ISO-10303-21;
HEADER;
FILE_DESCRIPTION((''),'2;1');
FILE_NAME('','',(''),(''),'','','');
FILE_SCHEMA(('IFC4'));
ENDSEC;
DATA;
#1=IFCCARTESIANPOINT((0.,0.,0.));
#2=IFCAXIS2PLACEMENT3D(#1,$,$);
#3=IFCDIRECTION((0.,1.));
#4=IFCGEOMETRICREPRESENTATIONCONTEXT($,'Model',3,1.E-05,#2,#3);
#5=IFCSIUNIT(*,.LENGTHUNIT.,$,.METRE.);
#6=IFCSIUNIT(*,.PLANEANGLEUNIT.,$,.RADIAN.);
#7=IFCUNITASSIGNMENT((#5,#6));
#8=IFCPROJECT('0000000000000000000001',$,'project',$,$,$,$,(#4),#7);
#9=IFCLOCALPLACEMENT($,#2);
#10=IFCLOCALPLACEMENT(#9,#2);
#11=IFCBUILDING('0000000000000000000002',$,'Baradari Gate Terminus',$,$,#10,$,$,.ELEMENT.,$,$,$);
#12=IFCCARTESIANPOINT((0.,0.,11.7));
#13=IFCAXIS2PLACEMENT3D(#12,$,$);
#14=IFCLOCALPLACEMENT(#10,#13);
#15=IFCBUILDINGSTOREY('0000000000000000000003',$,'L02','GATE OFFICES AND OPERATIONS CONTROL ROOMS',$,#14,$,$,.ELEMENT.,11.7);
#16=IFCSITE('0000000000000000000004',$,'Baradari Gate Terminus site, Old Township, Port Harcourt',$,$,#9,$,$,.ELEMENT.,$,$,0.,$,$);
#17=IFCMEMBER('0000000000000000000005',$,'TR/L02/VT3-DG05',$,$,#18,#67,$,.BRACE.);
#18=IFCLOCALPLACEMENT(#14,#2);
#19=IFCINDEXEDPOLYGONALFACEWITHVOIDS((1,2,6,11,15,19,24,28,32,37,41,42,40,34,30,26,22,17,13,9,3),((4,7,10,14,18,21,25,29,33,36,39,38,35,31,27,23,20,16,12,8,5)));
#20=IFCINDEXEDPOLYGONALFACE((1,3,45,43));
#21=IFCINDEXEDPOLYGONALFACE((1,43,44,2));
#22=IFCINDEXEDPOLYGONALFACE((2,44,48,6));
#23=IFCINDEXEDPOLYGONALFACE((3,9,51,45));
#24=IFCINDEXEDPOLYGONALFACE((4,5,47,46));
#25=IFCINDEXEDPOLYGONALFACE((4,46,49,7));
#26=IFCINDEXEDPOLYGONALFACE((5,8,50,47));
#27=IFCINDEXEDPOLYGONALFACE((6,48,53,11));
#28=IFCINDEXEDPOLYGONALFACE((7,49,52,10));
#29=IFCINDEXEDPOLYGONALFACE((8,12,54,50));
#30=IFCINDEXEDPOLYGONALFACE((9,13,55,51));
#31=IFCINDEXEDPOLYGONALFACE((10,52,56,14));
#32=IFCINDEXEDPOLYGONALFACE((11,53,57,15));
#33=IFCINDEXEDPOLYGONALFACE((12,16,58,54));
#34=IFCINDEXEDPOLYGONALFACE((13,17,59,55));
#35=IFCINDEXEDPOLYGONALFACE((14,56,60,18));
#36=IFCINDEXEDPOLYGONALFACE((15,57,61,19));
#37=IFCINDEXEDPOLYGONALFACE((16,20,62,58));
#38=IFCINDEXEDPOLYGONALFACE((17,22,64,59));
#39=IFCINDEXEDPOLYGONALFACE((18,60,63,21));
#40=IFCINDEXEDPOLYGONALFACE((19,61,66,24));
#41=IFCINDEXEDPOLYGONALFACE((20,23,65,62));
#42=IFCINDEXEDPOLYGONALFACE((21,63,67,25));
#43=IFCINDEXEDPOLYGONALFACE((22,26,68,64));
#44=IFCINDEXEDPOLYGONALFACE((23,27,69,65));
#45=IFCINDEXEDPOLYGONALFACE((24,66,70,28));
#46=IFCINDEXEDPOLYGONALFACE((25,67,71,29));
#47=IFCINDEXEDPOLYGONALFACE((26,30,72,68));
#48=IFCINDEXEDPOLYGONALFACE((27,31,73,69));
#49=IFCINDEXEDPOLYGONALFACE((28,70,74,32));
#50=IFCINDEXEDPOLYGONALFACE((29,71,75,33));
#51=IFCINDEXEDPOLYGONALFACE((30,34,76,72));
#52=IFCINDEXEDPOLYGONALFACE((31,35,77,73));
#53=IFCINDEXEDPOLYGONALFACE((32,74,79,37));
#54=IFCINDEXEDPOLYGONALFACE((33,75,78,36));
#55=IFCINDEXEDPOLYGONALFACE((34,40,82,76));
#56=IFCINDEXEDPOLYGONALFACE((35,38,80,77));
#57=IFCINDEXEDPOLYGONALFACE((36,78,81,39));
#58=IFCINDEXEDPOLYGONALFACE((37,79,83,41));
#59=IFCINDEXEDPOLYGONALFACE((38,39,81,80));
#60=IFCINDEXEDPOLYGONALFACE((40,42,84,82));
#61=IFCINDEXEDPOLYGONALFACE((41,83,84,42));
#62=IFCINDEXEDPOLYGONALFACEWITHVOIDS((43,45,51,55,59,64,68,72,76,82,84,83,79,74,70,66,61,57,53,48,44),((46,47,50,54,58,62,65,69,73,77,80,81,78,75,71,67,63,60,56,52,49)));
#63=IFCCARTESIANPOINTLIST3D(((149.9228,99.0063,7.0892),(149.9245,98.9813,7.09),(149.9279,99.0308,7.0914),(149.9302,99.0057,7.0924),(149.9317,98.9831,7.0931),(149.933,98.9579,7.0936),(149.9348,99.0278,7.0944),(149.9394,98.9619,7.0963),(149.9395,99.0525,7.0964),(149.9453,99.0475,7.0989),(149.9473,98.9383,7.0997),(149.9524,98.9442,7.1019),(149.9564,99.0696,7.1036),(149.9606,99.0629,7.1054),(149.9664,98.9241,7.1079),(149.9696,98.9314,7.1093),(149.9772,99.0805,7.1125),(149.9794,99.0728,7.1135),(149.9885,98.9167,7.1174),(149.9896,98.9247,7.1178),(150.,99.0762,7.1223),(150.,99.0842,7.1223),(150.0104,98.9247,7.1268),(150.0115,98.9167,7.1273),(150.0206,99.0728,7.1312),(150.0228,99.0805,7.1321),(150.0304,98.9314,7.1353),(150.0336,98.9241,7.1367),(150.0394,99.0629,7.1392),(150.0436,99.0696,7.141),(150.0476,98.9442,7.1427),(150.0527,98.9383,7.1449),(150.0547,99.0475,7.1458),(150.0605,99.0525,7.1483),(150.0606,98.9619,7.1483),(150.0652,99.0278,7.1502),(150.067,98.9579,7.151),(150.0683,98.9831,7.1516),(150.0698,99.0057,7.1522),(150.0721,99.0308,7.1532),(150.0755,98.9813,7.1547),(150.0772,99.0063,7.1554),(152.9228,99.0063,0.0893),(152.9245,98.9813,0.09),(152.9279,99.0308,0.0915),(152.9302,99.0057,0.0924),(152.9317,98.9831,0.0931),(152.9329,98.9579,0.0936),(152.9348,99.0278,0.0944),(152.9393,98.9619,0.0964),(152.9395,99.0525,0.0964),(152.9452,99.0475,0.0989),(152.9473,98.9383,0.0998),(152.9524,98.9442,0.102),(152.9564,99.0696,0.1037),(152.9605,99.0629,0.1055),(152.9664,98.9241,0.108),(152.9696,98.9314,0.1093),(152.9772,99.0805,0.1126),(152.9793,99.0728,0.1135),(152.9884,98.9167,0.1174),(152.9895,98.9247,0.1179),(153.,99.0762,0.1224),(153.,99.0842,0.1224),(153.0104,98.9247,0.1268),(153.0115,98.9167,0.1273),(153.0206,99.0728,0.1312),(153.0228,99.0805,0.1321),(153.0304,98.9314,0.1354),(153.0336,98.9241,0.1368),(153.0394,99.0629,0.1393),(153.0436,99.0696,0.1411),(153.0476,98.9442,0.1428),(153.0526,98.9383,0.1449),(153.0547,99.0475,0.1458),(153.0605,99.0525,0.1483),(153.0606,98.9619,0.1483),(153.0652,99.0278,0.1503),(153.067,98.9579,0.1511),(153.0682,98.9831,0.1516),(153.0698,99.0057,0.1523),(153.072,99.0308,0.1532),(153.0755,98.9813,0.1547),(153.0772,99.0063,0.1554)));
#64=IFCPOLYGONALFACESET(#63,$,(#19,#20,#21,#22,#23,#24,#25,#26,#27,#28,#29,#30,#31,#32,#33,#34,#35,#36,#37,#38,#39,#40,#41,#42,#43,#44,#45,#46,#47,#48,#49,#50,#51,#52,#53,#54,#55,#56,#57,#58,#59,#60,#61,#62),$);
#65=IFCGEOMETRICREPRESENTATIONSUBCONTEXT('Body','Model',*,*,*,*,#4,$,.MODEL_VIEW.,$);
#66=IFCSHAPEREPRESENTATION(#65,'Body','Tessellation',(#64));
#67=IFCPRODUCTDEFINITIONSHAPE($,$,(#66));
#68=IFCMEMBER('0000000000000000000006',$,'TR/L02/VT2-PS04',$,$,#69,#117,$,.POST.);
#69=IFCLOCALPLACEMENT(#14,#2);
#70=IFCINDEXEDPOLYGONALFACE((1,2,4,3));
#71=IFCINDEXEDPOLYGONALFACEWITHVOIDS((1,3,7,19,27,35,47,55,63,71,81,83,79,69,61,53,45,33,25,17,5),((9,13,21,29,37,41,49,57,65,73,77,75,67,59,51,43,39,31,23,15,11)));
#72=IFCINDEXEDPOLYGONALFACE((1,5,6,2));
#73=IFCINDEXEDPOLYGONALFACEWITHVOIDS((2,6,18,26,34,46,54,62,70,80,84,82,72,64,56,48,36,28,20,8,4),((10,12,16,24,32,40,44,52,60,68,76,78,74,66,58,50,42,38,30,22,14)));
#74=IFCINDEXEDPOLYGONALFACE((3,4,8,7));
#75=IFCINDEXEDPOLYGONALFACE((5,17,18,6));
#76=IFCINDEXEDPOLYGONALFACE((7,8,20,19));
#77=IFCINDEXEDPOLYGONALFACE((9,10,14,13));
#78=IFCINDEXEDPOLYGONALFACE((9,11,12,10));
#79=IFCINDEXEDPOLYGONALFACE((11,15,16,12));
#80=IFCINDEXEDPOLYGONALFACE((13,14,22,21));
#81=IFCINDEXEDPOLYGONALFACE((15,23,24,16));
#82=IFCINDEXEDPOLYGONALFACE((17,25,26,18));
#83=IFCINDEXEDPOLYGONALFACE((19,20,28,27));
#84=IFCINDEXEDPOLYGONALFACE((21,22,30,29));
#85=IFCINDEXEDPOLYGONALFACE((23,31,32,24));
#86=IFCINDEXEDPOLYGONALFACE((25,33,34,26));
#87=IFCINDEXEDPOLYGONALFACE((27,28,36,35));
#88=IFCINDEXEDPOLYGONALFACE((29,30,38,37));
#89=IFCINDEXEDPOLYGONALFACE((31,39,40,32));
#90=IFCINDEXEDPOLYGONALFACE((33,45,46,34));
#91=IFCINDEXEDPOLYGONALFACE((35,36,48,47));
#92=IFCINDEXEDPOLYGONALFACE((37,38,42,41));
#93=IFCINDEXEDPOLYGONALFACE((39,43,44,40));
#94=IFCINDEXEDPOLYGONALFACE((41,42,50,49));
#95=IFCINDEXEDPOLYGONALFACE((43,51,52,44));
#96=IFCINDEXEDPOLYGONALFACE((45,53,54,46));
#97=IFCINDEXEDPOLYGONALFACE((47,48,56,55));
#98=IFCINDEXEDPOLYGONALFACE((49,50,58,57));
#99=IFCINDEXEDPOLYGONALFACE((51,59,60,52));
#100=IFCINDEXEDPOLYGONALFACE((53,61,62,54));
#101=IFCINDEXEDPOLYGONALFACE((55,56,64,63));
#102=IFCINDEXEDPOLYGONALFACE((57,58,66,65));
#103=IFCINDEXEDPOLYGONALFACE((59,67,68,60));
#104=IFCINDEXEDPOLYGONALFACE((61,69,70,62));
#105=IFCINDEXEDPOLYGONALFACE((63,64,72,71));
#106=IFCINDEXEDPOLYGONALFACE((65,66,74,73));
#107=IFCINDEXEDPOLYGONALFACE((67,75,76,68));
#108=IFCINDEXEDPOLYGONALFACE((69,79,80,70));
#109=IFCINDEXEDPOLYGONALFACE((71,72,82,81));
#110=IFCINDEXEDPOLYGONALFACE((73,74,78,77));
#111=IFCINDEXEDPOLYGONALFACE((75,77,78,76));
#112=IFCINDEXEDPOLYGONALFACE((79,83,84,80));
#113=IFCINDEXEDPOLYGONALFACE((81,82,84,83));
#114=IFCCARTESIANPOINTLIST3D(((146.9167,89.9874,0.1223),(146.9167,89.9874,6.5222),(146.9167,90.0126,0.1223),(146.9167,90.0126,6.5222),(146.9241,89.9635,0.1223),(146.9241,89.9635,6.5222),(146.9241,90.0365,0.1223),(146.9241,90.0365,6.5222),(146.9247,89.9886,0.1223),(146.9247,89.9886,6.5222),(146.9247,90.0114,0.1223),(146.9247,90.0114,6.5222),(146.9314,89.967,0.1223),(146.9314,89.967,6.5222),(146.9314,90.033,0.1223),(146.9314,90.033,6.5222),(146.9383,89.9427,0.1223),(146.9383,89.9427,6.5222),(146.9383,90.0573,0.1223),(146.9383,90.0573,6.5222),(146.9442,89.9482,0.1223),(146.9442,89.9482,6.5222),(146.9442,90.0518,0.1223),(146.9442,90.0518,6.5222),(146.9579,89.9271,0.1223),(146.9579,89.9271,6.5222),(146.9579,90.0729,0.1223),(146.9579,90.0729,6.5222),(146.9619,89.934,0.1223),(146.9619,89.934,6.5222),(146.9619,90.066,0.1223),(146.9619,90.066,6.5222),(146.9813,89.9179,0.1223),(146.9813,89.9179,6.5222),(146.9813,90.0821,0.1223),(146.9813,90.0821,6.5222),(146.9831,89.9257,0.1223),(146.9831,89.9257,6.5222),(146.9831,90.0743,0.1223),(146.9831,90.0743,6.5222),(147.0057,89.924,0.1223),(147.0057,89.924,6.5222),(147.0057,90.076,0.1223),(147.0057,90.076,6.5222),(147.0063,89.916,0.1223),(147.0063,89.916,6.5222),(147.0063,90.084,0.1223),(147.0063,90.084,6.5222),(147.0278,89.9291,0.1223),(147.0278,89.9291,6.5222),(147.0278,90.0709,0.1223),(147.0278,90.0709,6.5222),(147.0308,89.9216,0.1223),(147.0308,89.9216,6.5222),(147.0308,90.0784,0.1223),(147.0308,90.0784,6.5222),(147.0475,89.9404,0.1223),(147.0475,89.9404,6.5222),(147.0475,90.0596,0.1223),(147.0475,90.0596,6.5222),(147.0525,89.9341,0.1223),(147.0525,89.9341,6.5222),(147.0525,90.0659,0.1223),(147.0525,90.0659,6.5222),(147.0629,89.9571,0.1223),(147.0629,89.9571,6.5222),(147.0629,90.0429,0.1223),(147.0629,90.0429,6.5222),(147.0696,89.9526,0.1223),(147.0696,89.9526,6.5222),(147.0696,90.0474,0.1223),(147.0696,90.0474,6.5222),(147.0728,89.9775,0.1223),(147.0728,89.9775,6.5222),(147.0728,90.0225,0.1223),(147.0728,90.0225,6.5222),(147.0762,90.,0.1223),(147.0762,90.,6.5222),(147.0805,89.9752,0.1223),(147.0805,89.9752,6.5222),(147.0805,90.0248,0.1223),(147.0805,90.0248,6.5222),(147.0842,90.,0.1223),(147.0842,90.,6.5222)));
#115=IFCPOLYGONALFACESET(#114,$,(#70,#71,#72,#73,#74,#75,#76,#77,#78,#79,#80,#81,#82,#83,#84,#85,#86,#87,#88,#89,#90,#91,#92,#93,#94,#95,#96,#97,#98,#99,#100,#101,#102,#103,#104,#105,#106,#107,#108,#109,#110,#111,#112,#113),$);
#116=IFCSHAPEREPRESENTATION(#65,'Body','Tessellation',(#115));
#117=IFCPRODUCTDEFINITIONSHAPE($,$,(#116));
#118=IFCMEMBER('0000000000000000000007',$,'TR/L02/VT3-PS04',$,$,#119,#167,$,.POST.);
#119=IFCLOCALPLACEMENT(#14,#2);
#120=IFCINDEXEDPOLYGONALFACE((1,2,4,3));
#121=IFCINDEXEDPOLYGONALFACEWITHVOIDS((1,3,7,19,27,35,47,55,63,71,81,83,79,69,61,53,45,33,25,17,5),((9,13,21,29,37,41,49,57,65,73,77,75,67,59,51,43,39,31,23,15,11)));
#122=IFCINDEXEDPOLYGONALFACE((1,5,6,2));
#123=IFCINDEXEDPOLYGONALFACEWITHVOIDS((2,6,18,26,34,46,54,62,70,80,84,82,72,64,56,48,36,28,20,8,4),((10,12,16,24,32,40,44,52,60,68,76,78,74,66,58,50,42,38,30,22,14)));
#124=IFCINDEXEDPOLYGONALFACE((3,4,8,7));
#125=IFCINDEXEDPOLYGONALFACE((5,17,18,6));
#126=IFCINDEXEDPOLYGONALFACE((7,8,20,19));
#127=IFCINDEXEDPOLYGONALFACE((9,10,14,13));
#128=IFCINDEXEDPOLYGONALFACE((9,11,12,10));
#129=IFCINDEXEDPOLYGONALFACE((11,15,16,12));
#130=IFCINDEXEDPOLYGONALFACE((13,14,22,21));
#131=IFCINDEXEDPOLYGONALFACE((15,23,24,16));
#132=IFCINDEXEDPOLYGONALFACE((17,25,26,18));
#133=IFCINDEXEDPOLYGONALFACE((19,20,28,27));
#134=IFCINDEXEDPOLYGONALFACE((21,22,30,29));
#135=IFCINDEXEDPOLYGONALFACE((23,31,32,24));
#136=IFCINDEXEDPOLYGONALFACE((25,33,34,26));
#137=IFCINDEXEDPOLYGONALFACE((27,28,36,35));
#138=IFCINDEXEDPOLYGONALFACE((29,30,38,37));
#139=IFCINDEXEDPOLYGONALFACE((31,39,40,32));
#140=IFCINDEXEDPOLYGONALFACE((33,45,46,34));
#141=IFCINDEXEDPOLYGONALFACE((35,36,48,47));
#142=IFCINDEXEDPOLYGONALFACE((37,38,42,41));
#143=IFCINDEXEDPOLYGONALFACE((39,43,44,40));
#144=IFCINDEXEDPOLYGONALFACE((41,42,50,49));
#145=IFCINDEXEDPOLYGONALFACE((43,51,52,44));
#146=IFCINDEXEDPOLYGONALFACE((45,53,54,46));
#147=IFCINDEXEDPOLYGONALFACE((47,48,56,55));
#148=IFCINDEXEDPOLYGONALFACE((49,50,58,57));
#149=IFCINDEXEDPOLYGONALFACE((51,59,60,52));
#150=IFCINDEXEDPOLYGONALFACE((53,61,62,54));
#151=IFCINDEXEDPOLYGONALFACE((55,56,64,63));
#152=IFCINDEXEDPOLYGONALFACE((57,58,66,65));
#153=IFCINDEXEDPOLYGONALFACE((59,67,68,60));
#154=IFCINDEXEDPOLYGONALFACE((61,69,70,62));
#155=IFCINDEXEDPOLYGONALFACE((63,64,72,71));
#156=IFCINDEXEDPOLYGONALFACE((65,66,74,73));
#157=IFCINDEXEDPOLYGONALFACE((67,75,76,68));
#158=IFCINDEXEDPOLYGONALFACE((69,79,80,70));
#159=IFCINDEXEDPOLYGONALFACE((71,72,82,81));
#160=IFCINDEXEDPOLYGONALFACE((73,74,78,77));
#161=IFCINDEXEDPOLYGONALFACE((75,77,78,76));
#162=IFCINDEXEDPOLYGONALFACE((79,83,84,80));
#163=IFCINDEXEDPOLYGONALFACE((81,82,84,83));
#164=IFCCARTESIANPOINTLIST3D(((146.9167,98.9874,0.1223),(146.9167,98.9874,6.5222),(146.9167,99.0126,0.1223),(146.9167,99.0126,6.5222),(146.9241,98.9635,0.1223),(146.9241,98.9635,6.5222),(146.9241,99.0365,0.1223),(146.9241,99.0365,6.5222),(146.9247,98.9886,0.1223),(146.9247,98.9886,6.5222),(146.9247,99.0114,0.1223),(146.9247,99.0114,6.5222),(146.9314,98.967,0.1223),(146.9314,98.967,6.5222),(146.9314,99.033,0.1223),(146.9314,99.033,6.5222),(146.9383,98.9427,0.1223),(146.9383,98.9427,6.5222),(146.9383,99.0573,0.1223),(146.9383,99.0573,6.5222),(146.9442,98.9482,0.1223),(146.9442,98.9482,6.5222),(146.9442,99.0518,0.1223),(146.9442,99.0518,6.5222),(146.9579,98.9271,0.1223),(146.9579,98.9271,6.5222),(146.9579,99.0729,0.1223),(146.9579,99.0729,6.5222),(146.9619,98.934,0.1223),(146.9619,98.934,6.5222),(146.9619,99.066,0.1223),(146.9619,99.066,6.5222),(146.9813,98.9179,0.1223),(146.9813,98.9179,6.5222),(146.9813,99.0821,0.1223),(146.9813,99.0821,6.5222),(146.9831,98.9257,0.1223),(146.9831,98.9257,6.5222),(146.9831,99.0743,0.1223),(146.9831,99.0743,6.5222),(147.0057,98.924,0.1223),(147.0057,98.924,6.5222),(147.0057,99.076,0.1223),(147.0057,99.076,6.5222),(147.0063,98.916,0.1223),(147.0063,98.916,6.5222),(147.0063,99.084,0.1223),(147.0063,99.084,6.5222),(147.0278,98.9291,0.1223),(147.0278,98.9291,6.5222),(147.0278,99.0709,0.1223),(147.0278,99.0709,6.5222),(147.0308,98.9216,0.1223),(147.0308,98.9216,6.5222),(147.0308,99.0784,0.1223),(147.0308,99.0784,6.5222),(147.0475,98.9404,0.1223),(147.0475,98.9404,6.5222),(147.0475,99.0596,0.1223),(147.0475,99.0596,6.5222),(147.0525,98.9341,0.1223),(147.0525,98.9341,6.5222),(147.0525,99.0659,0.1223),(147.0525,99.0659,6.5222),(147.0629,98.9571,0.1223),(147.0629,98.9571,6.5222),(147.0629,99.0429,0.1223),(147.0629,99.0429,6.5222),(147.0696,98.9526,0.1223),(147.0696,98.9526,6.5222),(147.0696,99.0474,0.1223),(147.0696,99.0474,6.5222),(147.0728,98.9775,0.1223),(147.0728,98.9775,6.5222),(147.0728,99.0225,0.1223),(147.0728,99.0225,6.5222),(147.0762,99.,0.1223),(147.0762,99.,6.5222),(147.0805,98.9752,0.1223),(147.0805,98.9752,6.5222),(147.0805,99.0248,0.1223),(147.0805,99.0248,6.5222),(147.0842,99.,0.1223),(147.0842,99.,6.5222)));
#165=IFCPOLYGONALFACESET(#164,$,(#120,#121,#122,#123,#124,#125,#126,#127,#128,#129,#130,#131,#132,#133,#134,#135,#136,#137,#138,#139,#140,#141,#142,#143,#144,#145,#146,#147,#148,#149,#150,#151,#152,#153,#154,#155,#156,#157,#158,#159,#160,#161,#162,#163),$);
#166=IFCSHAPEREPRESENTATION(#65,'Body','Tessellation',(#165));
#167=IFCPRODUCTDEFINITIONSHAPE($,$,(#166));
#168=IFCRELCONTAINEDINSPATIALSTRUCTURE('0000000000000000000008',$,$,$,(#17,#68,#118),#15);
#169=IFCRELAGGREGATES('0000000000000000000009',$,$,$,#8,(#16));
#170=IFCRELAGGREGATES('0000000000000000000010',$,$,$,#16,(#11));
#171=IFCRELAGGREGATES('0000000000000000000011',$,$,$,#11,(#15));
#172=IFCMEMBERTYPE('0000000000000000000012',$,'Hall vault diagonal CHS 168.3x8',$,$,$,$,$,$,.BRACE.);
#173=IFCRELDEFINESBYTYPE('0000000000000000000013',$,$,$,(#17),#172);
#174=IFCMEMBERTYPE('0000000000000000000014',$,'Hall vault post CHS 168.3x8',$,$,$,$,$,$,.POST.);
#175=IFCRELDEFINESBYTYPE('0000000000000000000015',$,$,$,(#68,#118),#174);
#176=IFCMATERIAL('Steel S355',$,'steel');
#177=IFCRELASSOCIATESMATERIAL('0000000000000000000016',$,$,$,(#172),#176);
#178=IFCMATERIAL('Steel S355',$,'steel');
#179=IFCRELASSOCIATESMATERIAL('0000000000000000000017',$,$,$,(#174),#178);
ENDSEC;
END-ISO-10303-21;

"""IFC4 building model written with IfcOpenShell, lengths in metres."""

from ifc_helpers import new_model, si_unit, direction, frame, origin, origin_2d, place, context, subcontext, project, spatial, hollow_circle, extrude, material, material_profile, profile_set, type_object, element, save


model = new_model("IFC4")

# Units and contexts
model_context = context("Model", 3, precision=1e-05, world=origin(), true_north=direction((0.0, 1.0)))
body_context = subcontext(model_context, "Body", "Model", "MODEL_VIEW")
ifc_project = project(units=[si_unit("LENGTHUNIT", "METRE"), si_unit("PLANEANGLEUNIT", "RADIAN")], contexts=[model_context])

# Site, building, storey
site_placement = place(None, origin())
site = spatial("IfcSite", under=ifc_project, at=site_placement, Name="Baradari Gate Terminus site, Old Township, Port Harcourt", CompositionType="ELEMENT", RefElevation=0.0)
building_placement = place(site_placement, origin())
building = spatial("IfcBuilding", under=site, at=building_placement, Name="Baradari Gate Terminus", CompositionType="ELEMENT")
storey_placement = place(building_placement, frame((0.0, 0.0, 11.7)))
storey = spatial("IfcBuildingStorey", under=building, at=storey_placement, Name="L02", Description="GATE OFFICES AND OPERATIONS CONTROL ROOMS", CompositionType="ELEMENT", Elevation=11.7)

# Members
ifc_material_1 = material(Name="Steel S355", Category="steel")
ifc_material_profile_1 = material_profile(ifc_material_1, hollow_circle(Radius=0.0842, WallThickness=0.0081, at=origin_2d()), Name="CHS 168.3x8")
ifc_profile_set_1 = profile_set([ifc_material_profile_1], Name="Steel S355")
member_type_1 = type_object("IfcMemberType", Name="Hall vault diagonal CHS 168.3x8", PredefinedType="BRACE", material=ifc_profile_set_1)
for number, where, z_axis, x_axis, name in (
    (1, (150.0, 99.0, 7.1223), (0.393919, 0.0, -0.919145), (0.0, 1.0, 0.0), "TR/L02/VT3-DG05"),
):
    element("IfcMember", number, at=place(storey_placement, frame(where, z_axis=z_axis, x_axis=x_axis)), inside=storey, type_object=member_type_1, Name=name, PredefinedType="BRACE", context=body_context, shape_type="SweptSolid", body=[
        extrude(hollow_circle(Radius=0.0842, WallThickness=0.0081, at=origin_2d()), origin(), (0.0, 0.0, 1.0), 7.6157),
    ])
ifc_material_2 = material(Name="Steel S355", Category="steel")
ifc_material_profile_2 = material_profile(ifc_material_2, hollow_circle(Radius=0.0842, WallThickness=0.0081, at=origin_2d()), Name="CHS 168.3x8")
ifc_profile_set_2 = profile_set([ifc_material_profile_2], Name="Steel S355")
member_type_2 = type_object("IfcMemberType", Name="Hall vault post CHS 168.3x8", PredefinedType="POST", material=ifc_profile_set_2)
for number, where, z_axis, x_axis, name in (
    (2, (147.0, 90.0, 0.1223), (0.0, 0.0, 1.0), (1.0, 0.0, 0.0), "TR/L02/VT2-PS04"),
    (3, (147.0, 99.0, 0.1223), (0.0, 0.0, 1.0), (1.0, 0.0, 0.0), "TR/L02/VT3-PS04"),
):
    element("IfcMember", number, at=place(storey_placement, frame(where, z_axis=z_axis, x_axis=x_axis)), inside=storey, type_object=member_type_2, Name=name, PredefinedType="POST", context=body_context, shape_type="SweptSolid", body=[
        extrude(hollow_circle(Radius=0.0842, WallThickness=0.0081, at=origin_2d()), origin(), (0.0, 0.0, 1.0), 6.3999),
    ])

save(model, "model.ifc")
